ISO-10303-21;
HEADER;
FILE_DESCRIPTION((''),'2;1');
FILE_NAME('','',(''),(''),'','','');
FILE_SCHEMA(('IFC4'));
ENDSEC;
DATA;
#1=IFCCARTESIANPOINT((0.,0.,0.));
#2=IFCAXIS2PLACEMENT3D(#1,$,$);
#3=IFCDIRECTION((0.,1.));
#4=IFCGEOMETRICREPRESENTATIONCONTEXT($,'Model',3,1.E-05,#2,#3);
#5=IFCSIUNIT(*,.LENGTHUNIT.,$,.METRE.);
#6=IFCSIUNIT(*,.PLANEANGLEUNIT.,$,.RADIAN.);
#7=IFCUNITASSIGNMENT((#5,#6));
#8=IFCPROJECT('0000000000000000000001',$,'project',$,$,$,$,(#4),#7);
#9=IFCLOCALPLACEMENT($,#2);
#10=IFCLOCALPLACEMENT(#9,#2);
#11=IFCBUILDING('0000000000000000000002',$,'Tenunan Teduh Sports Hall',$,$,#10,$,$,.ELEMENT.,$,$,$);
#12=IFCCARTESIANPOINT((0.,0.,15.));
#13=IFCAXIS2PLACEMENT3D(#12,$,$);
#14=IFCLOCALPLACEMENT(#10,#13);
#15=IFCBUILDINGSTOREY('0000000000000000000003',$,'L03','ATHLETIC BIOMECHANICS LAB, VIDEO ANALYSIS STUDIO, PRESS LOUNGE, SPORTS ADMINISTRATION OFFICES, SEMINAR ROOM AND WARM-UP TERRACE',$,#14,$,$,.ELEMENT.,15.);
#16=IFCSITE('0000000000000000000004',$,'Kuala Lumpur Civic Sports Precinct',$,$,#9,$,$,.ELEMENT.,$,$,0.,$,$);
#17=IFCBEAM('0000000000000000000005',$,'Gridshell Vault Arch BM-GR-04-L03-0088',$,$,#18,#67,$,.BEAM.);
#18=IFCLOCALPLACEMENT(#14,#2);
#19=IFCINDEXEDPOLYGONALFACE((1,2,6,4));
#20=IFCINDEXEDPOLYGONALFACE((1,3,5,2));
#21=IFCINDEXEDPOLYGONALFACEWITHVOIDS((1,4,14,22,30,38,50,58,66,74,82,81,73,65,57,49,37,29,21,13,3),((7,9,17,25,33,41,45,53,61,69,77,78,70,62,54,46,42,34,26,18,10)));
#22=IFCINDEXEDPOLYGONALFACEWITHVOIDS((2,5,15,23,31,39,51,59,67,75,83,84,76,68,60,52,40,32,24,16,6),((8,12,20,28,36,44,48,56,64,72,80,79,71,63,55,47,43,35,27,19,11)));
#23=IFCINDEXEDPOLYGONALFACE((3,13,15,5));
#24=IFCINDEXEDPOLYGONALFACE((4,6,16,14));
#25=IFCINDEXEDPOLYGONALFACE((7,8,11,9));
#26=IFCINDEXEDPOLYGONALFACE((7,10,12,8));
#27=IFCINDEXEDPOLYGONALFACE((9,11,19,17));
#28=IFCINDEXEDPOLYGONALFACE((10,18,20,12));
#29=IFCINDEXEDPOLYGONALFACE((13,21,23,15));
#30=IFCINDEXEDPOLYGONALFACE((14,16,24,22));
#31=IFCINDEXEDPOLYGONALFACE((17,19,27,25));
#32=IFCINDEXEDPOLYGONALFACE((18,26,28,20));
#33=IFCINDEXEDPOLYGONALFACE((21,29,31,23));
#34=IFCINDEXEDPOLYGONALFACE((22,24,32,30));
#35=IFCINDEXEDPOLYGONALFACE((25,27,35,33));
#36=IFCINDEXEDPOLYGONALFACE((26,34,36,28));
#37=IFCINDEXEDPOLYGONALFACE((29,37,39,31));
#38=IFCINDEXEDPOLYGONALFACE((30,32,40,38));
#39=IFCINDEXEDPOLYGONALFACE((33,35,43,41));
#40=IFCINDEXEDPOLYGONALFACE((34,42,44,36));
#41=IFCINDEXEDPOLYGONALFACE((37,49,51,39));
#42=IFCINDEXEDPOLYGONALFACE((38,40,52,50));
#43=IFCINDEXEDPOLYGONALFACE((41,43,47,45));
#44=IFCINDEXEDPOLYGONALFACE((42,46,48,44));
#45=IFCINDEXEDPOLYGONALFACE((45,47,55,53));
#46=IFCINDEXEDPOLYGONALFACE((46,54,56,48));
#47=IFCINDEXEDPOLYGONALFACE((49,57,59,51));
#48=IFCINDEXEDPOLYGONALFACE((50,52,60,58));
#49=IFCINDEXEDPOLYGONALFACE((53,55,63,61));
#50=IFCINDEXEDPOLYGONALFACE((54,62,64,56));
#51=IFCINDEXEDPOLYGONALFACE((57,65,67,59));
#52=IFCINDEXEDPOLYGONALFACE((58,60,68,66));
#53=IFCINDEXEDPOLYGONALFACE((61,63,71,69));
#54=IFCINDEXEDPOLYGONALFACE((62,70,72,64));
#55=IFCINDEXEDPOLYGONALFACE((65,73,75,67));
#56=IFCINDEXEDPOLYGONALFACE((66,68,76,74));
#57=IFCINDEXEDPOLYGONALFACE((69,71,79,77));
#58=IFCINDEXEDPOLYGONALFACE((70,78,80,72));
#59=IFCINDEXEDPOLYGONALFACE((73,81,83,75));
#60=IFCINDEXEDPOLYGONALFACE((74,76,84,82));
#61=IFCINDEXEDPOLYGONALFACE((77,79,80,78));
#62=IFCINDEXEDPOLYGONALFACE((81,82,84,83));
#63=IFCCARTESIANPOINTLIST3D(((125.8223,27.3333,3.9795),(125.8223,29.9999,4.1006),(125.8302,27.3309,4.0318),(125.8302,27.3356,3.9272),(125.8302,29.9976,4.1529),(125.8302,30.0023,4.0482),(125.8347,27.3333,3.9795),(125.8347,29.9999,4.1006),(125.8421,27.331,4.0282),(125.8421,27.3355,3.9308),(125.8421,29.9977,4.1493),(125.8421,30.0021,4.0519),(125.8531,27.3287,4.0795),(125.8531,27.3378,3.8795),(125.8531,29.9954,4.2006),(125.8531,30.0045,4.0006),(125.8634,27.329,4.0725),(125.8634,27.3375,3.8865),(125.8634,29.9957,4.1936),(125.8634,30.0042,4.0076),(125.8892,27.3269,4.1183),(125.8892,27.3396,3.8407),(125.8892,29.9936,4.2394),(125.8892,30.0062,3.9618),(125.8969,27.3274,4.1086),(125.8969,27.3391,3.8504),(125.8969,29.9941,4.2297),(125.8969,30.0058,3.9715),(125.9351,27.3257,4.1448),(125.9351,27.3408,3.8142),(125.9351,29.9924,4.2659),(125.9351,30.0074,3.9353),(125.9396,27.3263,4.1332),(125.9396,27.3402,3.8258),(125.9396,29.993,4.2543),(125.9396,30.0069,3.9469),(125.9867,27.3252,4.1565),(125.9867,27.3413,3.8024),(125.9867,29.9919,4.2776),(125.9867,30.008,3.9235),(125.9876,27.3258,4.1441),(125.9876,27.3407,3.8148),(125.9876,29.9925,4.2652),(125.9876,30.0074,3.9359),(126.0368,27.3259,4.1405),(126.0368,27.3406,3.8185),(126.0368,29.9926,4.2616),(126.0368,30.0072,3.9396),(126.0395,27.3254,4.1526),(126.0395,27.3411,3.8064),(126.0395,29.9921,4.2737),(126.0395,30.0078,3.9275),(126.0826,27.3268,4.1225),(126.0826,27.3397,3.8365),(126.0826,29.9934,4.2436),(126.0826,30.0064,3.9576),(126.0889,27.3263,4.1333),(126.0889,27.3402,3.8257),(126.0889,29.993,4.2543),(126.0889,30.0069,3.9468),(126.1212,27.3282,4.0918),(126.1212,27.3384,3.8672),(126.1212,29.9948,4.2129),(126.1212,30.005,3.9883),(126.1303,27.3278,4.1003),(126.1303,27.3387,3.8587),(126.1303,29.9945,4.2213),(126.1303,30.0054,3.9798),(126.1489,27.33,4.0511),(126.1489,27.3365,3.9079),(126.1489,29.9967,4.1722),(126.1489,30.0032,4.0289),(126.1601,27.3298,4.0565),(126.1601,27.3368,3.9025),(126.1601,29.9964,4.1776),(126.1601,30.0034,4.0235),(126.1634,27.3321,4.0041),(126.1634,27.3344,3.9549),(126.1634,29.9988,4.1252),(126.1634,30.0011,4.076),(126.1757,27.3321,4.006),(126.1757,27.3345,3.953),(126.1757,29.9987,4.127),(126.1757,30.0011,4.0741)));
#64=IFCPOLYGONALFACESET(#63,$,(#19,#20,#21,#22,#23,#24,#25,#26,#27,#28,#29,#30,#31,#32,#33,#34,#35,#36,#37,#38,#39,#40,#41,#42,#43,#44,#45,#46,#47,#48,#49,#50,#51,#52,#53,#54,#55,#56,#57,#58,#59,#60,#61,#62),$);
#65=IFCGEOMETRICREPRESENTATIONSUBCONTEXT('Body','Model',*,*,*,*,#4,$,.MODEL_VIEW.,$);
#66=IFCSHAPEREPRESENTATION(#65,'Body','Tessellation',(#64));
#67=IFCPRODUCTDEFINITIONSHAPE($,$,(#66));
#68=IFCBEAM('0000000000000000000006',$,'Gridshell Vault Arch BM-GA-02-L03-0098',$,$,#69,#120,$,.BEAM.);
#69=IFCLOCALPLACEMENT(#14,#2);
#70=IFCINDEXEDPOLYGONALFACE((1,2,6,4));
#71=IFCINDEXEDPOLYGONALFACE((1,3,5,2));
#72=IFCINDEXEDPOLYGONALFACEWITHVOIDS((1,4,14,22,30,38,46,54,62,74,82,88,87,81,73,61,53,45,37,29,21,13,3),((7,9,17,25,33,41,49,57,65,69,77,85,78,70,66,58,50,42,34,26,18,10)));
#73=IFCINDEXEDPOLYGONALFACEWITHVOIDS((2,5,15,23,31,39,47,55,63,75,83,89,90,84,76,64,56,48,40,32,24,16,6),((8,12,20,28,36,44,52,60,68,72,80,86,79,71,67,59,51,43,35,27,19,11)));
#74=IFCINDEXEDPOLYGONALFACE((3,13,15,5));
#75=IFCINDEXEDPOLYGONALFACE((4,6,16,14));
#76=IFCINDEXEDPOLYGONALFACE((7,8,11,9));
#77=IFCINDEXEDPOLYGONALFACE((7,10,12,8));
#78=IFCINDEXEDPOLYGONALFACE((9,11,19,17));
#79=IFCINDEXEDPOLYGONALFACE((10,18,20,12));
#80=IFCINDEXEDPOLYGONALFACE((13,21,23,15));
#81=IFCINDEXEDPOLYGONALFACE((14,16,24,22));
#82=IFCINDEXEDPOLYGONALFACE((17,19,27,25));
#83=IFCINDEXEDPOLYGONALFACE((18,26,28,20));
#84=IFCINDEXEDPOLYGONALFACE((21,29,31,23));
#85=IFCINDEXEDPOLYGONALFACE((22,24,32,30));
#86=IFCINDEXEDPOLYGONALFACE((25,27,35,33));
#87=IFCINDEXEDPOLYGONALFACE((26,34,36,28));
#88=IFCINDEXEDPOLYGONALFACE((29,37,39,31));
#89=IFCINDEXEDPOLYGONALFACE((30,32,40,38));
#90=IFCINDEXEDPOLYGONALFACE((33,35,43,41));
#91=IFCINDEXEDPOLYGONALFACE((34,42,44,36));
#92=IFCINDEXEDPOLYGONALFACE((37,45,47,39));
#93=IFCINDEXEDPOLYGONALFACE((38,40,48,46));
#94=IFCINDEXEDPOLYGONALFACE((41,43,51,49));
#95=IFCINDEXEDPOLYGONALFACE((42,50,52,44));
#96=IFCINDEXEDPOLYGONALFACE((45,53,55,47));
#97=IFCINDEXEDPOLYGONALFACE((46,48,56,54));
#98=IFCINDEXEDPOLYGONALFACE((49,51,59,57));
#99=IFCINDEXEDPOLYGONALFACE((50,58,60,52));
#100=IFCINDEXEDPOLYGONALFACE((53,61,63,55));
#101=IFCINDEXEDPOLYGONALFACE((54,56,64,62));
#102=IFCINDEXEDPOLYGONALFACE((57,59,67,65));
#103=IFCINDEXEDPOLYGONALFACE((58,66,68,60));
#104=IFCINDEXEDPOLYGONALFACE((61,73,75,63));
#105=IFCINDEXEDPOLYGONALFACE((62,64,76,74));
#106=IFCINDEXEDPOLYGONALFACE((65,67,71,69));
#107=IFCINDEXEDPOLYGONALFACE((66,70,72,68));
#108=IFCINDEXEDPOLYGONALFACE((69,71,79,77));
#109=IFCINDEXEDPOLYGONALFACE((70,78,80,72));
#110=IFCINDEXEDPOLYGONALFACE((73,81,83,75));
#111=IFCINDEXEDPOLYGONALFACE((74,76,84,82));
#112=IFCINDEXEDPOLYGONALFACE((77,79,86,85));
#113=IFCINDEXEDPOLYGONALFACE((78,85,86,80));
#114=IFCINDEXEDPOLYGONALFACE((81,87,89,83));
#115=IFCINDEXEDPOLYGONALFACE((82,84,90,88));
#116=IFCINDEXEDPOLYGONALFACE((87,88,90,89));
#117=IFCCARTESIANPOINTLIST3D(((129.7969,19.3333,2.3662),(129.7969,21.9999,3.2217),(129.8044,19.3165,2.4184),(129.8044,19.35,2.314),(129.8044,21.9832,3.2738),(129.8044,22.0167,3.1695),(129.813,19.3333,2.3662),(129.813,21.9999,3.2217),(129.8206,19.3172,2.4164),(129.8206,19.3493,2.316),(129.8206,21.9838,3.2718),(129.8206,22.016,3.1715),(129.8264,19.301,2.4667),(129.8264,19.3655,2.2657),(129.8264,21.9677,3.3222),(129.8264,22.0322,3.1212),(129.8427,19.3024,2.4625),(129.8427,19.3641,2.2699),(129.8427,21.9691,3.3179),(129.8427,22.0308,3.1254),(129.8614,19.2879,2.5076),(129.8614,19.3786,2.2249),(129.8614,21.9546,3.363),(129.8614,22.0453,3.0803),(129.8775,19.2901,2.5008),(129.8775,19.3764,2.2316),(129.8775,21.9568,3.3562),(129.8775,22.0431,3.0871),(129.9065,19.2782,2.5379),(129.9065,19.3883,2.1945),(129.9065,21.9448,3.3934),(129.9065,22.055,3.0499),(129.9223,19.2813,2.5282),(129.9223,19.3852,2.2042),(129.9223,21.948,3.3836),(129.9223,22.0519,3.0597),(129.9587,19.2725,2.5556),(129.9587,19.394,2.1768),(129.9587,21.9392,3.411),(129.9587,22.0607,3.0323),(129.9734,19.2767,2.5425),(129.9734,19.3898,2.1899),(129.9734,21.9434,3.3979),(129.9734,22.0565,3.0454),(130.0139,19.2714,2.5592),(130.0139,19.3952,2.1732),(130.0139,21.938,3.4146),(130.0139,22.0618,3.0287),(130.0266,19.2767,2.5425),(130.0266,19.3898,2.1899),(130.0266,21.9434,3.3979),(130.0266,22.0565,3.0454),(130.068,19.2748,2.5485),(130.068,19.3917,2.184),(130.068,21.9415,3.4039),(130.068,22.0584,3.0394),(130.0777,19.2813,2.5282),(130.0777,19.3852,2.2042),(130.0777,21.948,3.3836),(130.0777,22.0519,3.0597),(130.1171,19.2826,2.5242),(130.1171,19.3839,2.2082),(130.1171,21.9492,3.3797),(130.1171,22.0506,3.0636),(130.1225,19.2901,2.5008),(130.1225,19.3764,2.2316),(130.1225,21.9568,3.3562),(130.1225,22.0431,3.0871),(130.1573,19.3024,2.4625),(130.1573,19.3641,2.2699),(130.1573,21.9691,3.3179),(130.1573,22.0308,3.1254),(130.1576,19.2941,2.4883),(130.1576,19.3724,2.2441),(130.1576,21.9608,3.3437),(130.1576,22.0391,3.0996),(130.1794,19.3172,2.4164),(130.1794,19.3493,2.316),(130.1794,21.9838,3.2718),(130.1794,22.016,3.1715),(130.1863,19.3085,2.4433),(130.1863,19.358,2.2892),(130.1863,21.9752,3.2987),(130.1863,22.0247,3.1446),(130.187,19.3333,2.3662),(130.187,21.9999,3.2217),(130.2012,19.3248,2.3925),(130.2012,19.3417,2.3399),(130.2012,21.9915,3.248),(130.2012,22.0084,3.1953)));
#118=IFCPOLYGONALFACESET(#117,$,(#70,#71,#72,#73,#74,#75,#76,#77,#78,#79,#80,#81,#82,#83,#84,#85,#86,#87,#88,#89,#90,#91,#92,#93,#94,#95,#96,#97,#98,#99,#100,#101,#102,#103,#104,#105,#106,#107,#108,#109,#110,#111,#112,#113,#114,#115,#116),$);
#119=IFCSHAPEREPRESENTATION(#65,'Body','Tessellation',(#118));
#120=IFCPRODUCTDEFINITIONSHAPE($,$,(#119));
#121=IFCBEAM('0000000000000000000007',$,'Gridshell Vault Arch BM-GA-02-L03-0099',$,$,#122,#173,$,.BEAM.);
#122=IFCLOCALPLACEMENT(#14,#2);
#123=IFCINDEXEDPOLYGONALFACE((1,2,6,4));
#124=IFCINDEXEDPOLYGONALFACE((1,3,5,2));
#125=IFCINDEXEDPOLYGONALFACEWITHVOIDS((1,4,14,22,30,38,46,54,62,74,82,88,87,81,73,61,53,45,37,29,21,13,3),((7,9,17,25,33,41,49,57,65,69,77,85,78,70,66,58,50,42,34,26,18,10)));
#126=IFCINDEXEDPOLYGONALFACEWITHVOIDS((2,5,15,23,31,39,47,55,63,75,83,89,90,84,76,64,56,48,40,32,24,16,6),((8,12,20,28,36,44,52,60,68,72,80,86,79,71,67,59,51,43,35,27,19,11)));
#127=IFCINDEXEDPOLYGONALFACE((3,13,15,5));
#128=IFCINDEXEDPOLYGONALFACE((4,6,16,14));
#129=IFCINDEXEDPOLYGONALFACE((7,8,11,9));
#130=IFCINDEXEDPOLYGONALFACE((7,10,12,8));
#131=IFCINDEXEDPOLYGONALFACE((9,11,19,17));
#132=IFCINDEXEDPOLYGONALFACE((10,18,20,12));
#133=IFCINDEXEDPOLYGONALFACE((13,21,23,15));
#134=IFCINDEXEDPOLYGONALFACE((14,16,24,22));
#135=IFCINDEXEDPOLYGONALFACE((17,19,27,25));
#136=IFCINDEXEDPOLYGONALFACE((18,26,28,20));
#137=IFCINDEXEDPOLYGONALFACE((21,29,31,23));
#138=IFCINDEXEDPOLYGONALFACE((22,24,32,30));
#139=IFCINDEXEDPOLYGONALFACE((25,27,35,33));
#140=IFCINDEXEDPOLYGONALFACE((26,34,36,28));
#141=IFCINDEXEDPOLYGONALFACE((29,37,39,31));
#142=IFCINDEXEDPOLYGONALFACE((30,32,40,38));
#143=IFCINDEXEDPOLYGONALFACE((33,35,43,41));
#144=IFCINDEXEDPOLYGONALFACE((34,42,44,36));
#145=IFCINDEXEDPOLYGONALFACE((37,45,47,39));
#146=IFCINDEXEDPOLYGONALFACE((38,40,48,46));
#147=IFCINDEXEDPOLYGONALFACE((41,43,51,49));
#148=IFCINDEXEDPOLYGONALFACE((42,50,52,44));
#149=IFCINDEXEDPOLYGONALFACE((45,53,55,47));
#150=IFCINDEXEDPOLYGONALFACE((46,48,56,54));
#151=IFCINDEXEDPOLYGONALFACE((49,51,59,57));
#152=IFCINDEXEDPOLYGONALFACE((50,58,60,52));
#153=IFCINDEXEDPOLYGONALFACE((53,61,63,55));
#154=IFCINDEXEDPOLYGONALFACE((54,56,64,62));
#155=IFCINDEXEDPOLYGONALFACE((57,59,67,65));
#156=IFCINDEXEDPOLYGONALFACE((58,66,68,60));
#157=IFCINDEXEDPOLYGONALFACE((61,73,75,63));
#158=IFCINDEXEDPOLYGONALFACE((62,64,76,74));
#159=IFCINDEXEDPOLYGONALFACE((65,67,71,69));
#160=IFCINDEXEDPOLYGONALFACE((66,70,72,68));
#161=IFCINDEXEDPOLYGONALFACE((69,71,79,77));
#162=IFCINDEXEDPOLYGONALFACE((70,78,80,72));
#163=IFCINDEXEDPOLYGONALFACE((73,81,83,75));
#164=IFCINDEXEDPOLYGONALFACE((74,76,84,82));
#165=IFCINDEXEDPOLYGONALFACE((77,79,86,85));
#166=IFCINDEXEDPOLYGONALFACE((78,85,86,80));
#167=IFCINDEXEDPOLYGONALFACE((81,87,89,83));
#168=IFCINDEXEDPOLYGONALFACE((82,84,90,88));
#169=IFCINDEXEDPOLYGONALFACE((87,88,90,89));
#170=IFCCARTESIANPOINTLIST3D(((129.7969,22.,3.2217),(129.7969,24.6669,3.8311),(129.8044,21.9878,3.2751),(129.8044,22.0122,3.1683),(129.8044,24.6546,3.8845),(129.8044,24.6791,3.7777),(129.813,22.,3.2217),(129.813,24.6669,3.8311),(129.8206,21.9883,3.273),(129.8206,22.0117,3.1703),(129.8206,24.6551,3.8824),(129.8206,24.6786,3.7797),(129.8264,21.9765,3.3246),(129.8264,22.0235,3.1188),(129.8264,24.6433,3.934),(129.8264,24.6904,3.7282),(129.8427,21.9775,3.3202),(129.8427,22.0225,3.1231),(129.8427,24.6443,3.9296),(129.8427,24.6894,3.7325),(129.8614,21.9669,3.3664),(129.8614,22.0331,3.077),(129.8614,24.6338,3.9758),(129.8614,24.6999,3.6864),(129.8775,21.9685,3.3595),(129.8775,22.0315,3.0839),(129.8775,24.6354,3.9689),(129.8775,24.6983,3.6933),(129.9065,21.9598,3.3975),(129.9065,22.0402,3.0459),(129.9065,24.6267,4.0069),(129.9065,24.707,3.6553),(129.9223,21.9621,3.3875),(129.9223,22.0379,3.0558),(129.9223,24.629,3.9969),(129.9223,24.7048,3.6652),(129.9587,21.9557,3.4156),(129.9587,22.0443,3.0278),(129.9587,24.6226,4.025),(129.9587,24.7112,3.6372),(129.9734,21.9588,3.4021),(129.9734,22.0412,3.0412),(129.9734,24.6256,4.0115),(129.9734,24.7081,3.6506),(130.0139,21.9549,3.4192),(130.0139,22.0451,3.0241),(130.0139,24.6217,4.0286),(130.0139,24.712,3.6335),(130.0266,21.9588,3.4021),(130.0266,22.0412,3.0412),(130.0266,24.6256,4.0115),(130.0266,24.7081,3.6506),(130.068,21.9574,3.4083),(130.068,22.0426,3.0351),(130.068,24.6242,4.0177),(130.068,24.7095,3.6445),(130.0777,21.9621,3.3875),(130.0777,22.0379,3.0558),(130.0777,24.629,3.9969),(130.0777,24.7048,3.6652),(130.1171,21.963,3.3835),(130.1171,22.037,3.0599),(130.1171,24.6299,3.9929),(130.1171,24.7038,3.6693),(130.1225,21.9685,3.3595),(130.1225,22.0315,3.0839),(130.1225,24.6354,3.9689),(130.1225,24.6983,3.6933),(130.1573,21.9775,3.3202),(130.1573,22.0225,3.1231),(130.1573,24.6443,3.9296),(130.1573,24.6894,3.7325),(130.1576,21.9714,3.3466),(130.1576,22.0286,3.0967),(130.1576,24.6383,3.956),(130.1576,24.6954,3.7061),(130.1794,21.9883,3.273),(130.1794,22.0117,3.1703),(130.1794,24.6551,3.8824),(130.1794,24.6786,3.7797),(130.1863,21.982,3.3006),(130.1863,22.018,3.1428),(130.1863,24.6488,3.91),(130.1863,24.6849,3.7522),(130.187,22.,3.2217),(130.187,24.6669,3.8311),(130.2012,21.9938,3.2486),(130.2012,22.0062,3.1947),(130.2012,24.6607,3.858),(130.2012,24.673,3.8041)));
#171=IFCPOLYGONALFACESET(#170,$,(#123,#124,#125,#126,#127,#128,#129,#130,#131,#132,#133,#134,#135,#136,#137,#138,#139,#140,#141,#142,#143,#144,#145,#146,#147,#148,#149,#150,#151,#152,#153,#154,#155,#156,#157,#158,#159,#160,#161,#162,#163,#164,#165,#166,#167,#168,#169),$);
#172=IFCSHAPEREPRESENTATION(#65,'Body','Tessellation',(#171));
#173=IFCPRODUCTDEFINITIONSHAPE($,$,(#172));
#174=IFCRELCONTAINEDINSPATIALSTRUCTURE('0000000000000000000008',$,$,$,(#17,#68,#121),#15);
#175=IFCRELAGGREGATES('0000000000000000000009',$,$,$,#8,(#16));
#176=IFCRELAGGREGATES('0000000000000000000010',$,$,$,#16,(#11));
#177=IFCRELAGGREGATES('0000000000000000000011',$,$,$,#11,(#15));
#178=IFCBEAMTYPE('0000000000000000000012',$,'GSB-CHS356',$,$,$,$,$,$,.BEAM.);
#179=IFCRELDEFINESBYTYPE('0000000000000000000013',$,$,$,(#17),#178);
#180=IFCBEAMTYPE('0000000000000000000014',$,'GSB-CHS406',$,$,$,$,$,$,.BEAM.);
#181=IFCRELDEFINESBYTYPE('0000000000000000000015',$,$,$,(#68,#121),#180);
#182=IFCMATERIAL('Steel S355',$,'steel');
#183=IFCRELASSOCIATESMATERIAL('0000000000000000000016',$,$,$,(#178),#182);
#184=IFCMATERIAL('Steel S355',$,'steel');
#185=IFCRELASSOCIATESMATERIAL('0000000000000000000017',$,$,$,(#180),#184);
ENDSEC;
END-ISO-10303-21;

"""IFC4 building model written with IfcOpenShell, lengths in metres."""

from ifc_helpers import new_model, si_unit, direction, frame, origin, origin_2d, place, context, subcontext, project, spatial, hollow_circle, extrude, material, material_profile, profile_set, type_object, element, save


model = new_model("IFC4")

# Units and contexts
model_context = context("Model", 3, precision=1e-05, world=origin(), true_north=direction((0.0, 1.0)))
body_context = subcontext(model_context, "Body", "Model", "MODEL_VIEW")
ifc_project = project(units=[si_unit("LENGTHUNIT", "METRE"), si_unit("PLANEANGLEUNIT", "RADIAN")], contexts=[model_context])

# Site, building, storey
site_placement = place(None, origin())
site = spatial("IfcSite", under=ifc_project, at=site_placement, Name="Kuala Lumpur Civic Sports Precinct", CompositionType="ELEMENT", RefElevation=0.0)
building_placement = place(site_placement, origin())
building = spatial("IfcBuilding", under=site, at=building_placement, Name="Tenunan Teduh Sports Hall", CompositionType="ELEMENT")
storey_placement = place(building_placement, frame((0.0, 0.0, 15.0)))
storey = spatial("IfcBuildingStorey", under=building, at=storey_placement, Name="L03", Description="ATHLETIC BIOMECHANICS LAB, VIDEO ANALYSIS STUDIO, PRESS LOUNGE, SPORTS ADMINISTRATION OFFICES, SEMINAR ROOM AND WARM-UP TERRACE", CompositionType="ELEMENT", Elevation=15.0)

# Beams
ifc_material_1 = material(Name="Steel S355", Category="steel")
ifc_material_profile_1 = material_profile(ifc_material_1, hollow_circle(Radius=0.1777, WallThickness=0.0125, at=origin_2d()), Name="CHS 355.6x12.5")
ifc_profile_set_1 = profile_set([ifc_material_profile_1], Name="Steel S355")
beam_type_1 = type_object("IfcBeamType", Name="GSB-CHS356", PredefinedType="BEAM", material=ifc_profile_set_1)
beam_1_placement = place(storey_placement, frame((126.0, 27.3333, 3.9795), z_axis=(0.0, 0.998971, 0.045362), x_axis=(-1.0, 0.0, 0.0)))
element("IfcBeam", 1, at=beam_1_placement, inside=storey, type_object=beam_type_1, Name="Gridshell Vault Arch BM-GR-04-L03-0088", PredefinedType="BEAM", context=body_context, shape_type="SweptSolid", body=[
    extrude(hollow_circle(Radius=0.1777, WallThickness=0.0125, at=origin_2d()), origin(), (0.0, 0.0, 1.0), 2.6694),
])
ifc_material_2 = material(Name="Steel S355", Category="steel")
ifc_material_profile_2 = material_profile(ifc_material_2, hollow_circle(Radius=0.2031, WallThickness=0.0161, at=origin_2d()), Name="CHS 406.4x16.0")
ifc_profile_set_2 = profile_set([ifc_material_profile_2], Name="Steel S355")
beam_type_2 = type_object("IfcBeamType", Name="GSB-CHS406", PredefinedType="BEAM", material=ifc_profile_set_2)
beam_2_placement = place(storey_placement, frame((130.0, 19.3333, 2.3662), z_axis=(0.0, 0.952205, 0.305459), x_axis=(-1.0, 0.0, 0.0)))
element("IfcBeam", 2, at=beam_2_placement, inside=storey, type_object=beam_type_2, Name="Gridshell Vault Arch BM-GA-02-L03-0098", PredefinedType="BEAM", context=body_context, shape_type="SweptSolid", body=[
    extrude(hollow_circle(Radius=0.2031, WallThickness=0.0161, at=origin_2d()), origin(), (0.0, 0.0, 1.0), 2.8005),
])
beam_3_placement = place(storey_placement, frame((130.0, 22.0, 3.2217), z_axis=(0.0, 0.974872, 0.222767), x_axis=(-1.0, 0.0, 0.0)))
element("IfcBeam", 3, at=beam_3_placement, inside=storey, type_object=beam_type_2, Name="Gridshell Vault Arch BM-GA-02-L03-0099", PredefinedType="BEAM", context=body_context, shape_type="SweptSolid", body=[
    extrude(hollow_circle(Radius=0.2031, WallThickness=0.0161, at=origin_2d()), origin(), (0.0, 0.0, 1.0), 2.7356),
])

save(model, "model.ifc")
